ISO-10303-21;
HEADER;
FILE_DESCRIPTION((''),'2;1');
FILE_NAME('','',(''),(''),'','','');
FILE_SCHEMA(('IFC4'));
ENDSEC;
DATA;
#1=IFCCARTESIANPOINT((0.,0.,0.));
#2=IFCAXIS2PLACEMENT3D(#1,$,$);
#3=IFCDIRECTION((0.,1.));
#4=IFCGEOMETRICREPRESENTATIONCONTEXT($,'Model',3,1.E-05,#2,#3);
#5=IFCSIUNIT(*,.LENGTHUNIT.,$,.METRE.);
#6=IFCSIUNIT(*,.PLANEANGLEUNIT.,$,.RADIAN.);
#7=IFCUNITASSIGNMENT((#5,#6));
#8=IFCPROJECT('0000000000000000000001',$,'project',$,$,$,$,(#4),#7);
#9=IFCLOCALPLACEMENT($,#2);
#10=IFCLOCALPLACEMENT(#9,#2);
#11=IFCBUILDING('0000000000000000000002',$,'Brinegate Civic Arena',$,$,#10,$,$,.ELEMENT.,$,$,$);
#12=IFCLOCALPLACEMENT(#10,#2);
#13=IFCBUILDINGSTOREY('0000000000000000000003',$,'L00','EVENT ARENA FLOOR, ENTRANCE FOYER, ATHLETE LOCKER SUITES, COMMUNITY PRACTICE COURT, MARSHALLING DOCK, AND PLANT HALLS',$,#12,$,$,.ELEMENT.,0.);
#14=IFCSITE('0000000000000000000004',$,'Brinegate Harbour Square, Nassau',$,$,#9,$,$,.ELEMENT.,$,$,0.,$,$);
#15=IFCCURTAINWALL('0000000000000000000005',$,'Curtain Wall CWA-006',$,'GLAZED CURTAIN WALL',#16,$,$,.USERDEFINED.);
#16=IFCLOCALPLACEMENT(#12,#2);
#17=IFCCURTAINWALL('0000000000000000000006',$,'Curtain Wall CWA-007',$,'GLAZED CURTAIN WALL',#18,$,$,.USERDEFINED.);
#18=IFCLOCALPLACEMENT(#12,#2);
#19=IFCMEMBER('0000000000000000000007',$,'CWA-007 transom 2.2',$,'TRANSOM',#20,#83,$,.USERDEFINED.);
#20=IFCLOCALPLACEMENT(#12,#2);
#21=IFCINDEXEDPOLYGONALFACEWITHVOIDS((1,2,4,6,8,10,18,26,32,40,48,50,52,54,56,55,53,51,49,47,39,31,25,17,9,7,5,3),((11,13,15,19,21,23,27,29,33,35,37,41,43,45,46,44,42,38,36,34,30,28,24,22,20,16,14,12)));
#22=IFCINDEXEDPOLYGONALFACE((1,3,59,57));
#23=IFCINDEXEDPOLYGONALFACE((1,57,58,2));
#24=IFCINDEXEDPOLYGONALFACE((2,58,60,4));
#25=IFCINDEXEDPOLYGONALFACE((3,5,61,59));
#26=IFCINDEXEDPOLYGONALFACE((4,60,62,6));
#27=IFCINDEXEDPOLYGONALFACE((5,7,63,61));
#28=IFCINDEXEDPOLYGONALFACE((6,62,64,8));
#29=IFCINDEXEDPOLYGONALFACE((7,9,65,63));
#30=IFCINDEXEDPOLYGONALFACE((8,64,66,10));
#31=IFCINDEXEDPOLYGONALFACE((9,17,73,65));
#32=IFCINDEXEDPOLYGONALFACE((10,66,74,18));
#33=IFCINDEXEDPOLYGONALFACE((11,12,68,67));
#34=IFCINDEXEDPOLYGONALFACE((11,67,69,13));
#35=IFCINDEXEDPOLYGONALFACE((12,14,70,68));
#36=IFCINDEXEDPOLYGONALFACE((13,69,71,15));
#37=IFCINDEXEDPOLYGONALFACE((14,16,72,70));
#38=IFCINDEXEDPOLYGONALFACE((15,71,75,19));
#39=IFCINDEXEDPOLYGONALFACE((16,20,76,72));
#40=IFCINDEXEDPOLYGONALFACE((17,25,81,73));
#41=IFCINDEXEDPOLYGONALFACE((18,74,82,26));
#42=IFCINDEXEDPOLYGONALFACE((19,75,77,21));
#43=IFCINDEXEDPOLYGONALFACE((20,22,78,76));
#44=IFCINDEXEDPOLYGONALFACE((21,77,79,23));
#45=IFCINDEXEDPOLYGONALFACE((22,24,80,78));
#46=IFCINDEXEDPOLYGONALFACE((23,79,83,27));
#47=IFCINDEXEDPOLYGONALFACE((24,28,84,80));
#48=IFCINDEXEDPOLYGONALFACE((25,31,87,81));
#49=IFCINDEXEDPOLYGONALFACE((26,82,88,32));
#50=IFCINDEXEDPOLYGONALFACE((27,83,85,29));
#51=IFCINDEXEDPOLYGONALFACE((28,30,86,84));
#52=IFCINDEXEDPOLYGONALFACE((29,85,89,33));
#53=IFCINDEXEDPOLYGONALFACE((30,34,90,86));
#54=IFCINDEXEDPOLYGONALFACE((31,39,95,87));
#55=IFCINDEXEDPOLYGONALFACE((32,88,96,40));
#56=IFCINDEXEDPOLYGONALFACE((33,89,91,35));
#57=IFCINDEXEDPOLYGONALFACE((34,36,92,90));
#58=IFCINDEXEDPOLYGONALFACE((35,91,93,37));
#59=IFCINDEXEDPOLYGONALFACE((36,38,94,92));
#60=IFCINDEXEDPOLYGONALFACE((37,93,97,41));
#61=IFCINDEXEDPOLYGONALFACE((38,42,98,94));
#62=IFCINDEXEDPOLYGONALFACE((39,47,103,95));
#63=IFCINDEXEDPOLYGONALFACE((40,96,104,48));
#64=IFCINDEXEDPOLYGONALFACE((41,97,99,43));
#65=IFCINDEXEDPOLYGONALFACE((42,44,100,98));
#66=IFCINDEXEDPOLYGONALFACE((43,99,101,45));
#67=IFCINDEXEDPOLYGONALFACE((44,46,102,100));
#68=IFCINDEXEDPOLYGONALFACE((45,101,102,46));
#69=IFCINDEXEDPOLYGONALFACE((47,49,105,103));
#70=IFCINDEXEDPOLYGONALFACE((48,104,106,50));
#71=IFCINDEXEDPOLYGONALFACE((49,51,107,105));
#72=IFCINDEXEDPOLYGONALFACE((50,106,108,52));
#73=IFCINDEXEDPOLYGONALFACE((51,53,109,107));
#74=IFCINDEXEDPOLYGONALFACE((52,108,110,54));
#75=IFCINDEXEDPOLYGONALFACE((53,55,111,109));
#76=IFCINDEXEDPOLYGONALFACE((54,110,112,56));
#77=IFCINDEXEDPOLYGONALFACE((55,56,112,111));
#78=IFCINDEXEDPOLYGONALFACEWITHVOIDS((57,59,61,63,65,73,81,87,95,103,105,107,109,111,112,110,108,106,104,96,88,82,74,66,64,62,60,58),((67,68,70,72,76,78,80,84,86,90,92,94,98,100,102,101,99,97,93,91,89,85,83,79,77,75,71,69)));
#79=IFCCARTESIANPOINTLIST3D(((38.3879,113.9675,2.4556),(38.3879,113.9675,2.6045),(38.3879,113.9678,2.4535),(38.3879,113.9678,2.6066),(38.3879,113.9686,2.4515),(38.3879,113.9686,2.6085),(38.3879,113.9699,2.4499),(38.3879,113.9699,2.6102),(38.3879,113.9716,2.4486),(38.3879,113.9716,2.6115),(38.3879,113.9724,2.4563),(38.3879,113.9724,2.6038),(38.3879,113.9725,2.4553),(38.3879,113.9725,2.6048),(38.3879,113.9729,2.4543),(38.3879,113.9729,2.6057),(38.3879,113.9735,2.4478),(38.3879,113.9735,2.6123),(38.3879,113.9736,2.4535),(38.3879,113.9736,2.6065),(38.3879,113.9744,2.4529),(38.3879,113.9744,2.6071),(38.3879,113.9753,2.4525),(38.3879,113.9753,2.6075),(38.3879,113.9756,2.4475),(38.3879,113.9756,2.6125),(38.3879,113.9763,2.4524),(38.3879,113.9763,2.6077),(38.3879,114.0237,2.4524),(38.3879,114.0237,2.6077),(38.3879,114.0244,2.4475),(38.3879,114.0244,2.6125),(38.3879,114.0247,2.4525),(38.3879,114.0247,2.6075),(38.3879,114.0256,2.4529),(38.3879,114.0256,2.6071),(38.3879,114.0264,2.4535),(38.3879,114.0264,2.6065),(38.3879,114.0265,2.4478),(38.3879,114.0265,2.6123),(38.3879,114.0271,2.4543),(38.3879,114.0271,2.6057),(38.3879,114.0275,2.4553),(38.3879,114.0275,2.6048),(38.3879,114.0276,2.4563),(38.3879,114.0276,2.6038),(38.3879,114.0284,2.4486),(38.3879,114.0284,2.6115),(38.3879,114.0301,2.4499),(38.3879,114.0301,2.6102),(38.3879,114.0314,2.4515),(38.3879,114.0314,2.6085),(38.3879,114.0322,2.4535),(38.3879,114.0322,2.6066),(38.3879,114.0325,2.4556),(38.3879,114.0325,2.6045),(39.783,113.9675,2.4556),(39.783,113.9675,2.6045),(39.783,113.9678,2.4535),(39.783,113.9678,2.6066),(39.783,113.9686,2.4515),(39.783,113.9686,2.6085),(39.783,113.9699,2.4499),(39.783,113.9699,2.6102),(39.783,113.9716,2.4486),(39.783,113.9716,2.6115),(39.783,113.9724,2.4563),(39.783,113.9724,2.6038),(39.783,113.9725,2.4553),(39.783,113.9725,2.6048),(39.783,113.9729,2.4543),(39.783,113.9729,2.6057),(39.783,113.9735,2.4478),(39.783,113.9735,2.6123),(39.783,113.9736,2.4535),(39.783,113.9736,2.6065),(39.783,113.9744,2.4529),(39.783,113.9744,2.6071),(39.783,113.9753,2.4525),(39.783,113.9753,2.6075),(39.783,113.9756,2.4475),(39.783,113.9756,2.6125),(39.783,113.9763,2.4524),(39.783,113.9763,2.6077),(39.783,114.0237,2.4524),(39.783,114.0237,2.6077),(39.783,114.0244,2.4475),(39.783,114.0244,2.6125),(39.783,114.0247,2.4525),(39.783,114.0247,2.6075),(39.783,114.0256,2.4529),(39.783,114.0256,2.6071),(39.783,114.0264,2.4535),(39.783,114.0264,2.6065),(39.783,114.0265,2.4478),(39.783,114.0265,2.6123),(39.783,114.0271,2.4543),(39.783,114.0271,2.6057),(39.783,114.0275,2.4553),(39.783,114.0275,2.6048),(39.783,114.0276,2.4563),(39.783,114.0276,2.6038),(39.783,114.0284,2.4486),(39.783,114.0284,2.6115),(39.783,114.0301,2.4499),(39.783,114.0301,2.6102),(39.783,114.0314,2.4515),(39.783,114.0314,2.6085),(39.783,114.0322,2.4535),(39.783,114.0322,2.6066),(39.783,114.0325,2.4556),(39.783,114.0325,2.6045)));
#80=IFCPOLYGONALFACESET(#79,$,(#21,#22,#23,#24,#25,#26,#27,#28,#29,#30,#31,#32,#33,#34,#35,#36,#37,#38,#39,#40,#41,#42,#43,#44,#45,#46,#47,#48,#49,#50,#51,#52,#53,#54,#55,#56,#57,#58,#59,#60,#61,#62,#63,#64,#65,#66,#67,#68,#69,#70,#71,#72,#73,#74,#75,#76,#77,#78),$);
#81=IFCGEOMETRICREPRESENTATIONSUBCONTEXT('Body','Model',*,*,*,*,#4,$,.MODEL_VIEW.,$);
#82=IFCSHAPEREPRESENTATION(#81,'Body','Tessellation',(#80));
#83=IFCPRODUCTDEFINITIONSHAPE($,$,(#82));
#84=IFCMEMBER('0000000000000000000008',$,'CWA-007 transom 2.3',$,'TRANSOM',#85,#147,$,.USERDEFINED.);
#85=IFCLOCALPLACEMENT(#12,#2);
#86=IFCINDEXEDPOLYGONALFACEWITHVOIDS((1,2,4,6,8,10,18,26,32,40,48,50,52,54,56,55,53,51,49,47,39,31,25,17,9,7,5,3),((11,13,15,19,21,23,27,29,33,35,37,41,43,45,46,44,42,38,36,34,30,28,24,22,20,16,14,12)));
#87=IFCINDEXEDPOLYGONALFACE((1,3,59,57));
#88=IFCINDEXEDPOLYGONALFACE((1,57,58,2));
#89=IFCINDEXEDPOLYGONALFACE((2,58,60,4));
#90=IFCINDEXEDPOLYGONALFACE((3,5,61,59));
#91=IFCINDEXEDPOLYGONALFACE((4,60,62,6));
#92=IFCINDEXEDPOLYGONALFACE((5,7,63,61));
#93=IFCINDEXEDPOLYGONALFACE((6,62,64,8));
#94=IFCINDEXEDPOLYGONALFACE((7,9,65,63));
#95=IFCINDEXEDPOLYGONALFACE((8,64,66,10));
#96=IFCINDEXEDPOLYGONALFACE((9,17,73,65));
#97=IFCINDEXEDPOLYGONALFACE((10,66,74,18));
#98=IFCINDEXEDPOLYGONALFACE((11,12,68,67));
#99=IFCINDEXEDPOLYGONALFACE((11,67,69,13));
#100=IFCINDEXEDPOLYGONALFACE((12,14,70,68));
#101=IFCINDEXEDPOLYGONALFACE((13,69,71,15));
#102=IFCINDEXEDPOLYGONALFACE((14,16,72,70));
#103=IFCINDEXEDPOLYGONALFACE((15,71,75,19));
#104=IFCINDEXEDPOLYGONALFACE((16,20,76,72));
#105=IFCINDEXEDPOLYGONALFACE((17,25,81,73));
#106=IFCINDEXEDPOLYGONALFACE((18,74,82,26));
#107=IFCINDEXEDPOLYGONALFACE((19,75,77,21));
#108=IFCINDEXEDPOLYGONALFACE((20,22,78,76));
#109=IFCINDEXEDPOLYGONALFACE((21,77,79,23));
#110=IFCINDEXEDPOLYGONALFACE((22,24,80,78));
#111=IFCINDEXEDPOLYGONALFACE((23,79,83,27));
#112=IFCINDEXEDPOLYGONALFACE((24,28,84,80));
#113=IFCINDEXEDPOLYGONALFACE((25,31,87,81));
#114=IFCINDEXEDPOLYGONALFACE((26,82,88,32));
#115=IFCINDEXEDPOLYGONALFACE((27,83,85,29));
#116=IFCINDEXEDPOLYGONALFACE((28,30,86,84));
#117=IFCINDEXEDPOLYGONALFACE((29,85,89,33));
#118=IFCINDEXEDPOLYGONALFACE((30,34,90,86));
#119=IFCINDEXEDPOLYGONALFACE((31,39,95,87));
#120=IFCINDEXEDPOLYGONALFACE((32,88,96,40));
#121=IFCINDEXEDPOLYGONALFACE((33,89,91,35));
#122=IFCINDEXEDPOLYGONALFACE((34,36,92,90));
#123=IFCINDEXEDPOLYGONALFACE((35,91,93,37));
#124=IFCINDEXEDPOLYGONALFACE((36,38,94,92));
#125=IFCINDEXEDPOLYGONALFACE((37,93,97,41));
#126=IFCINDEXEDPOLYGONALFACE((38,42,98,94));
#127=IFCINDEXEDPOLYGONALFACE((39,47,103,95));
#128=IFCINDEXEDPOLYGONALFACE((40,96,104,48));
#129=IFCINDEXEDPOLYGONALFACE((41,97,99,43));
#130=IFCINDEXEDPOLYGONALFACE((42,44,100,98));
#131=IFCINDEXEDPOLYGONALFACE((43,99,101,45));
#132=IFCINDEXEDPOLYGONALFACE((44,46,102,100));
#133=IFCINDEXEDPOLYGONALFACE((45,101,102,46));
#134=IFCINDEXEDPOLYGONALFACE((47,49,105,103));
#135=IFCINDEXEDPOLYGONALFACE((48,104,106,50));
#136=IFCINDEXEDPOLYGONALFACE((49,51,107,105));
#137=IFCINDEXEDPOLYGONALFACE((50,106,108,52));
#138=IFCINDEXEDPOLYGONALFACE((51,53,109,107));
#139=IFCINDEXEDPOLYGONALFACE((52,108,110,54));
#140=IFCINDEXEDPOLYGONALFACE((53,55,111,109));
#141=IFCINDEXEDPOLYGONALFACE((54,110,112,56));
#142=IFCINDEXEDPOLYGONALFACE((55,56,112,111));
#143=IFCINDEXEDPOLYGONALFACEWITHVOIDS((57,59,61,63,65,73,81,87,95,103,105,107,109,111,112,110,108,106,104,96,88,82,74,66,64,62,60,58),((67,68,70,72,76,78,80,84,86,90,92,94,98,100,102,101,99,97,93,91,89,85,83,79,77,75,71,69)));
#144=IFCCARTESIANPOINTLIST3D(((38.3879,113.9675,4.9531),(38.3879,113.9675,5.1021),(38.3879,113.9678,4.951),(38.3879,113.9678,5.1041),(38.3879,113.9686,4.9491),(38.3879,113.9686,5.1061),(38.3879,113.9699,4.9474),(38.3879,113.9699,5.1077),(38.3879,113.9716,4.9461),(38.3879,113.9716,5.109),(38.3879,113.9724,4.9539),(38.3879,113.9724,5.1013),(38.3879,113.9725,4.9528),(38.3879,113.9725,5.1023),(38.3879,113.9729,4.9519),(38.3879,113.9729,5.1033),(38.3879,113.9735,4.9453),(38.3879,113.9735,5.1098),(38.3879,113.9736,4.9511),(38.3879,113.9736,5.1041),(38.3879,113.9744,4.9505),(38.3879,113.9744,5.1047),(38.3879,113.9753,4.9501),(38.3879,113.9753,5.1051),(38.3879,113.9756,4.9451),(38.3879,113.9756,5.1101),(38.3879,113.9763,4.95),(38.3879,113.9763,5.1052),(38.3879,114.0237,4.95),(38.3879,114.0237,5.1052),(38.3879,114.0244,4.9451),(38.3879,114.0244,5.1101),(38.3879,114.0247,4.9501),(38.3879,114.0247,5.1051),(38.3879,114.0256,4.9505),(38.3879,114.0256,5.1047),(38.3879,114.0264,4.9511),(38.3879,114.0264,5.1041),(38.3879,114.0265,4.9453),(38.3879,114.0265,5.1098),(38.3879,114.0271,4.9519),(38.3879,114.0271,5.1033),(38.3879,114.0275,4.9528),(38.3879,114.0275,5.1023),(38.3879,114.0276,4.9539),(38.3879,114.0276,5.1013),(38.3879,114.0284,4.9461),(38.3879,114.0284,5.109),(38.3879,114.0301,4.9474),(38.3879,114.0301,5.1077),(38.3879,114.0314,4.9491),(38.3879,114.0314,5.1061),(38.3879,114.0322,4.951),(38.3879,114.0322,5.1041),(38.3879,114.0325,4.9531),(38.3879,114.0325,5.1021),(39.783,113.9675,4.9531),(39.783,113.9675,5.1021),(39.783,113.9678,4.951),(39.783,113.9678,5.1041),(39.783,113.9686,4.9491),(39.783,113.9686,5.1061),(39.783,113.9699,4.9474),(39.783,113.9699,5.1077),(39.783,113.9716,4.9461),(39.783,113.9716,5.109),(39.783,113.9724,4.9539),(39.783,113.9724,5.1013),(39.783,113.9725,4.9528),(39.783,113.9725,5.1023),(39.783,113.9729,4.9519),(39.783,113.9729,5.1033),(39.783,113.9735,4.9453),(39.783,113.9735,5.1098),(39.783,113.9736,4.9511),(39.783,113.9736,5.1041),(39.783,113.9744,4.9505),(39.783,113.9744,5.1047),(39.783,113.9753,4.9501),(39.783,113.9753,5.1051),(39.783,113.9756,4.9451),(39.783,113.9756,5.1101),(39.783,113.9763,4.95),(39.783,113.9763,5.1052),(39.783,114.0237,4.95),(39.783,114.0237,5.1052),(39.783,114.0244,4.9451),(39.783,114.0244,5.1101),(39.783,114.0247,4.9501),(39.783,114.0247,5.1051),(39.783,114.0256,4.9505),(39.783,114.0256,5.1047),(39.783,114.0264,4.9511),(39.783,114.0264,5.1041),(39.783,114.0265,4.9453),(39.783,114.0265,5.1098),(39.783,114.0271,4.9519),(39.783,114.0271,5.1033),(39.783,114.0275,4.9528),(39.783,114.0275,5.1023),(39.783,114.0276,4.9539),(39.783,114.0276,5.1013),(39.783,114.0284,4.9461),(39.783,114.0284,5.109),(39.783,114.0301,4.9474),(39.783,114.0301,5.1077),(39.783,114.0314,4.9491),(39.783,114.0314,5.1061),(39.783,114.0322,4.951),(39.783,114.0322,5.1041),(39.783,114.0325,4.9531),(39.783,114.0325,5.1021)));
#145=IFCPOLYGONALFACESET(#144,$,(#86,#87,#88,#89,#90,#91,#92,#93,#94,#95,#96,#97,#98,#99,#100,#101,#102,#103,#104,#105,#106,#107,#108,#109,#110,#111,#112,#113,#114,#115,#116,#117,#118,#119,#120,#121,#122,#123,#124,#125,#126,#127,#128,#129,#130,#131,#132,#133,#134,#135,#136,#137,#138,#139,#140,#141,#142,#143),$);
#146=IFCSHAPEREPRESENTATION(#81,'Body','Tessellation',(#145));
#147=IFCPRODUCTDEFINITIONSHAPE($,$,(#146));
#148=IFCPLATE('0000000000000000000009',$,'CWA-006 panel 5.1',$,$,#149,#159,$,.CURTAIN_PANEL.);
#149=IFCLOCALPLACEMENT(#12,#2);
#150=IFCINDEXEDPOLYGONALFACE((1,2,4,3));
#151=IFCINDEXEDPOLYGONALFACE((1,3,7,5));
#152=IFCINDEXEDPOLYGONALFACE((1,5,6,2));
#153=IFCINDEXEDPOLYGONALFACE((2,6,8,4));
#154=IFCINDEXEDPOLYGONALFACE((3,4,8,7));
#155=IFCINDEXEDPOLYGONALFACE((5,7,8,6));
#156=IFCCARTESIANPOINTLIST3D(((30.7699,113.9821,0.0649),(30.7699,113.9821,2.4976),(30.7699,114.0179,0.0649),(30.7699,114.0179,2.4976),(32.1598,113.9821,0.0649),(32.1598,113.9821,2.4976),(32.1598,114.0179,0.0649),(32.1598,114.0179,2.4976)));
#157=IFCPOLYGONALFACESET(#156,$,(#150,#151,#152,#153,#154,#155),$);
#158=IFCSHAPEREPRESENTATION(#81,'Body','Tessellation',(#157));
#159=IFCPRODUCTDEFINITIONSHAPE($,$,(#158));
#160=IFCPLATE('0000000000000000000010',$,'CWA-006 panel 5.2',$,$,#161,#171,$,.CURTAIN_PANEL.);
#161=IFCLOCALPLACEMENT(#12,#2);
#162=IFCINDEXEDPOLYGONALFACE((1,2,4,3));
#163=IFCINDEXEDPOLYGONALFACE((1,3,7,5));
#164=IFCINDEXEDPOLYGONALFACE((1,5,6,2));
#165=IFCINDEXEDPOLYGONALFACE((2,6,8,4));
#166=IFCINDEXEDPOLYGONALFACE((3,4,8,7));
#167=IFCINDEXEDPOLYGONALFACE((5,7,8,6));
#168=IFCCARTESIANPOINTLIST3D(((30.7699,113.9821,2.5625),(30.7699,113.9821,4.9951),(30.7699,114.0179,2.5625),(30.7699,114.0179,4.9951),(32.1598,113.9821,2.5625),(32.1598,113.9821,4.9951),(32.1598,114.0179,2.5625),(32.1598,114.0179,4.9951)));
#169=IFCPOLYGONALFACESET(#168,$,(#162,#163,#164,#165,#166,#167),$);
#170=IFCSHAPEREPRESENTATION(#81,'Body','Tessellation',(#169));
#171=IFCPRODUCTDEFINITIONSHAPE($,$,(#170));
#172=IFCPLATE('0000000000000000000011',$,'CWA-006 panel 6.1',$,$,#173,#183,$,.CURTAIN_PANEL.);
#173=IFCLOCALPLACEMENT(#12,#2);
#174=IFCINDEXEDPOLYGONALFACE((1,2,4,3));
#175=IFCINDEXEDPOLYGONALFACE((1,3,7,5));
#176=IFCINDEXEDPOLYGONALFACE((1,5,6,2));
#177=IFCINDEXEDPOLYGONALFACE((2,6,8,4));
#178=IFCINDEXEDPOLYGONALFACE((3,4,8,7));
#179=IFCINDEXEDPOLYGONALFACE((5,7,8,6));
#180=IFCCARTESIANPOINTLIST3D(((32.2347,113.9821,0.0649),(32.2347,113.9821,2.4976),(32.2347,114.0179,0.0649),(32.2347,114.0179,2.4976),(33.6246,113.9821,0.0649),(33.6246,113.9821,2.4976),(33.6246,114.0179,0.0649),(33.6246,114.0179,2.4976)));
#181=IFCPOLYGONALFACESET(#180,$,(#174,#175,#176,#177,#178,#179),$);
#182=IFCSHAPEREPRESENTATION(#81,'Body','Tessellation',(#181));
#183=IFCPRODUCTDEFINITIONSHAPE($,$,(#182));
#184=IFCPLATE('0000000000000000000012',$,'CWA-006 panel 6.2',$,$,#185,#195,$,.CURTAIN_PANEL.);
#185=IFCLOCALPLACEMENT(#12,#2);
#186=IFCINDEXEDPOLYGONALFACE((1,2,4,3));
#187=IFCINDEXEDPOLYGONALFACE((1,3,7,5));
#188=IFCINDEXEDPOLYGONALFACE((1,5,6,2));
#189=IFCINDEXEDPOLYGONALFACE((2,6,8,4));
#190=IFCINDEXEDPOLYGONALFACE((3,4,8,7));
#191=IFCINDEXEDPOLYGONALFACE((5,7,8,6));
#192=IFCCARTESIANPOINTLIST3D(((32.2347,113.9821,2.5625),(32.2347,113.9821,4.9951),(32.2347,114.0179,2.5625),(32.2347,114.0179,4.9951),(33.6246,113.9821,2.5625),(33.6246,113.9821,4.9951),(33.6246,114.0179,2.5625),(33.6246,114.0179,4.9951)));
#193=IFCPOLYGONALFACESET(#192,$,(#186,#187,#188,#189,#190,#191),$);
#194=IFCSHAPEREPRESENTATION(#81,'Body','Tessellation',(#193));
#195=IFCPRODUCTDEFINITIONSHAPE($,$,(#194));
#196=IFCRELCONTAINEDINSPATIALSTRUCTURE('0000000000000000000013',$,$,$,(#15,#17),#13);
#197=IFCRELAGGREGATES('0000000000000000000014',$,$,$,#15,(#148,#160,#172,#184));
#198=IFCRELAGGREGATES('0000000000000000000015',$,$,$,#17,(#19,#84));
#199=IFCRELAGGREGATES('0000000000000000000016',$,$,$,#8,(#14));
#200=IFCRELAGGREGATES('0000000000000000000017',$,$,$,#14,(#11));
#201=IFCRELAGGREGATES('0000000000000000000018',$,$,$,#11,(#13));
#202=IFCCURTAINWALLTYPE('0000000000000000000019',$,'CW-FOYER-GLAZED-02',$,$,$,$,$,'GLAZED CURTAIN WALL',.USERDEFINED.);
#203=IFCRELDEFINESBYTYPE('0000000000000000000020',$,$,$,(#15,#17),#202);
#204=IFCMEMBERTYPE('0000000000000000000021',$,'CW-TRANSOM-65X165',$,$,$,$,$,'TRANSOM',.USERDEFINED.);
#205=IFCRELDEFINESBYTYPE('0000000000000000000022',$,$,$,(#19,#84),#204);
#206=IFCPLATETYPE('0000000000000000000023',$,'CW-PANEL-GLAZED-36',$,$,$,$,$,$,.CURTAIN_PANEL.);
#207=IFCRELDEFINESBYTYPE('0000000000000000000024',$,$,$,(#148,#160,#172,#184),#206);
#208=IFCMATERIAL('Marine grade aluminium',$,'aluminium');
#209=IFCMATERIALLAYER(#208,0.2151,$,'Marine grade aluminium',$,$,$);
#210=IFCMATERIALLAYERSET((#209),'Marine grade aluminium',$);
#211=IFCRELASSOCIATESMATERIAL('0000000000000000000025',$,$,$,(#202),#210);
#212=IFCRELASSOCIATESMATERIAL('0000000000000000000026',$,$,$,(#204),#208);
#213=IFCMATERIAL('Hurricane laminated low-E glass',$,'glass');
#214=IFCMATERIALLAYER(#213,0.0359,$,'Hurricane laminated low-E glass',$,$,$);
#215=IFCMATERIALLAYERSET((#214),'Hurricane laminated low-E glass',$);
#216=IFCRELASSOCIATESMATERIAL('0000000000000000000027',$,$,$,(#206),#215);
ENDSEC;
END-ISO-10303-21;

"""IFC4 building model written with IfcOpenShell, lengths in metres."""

from ifc_helpers import new_model, si_unit, direction, frame, origin, origin_2d, place, context, subcontext, project, spatial, rectangle, hollow_rectangle, extrude, material, layer, layer_set, material_profile, profile_set, type_object, element, aggregate, save


model = new_model("IFC4")

# Units and contexts
model_context = context("Model", 3, precision=1e-05, world=origin(), true_north=direction((0.0, 1.0)))
body_context = subcontext(model_context, "Body", "Model", "MODEL_VIEW")
ifc_project = project(units=[si_unit("LENGTHUNIT", "METRE"), si_unit("PLANEANGLEUNIT", "RADIAN")], contexts=[model_context])

# Site, building, storey
site_placement = place(None, origin())
site = spatial("IfcSite", under=ifc_project, at=site_placement, Name="Brinegate Harbour Square, Nassau", CompositionType="ELEMENT", RefElevation=0.0)
building_placement = place(site_placement, origin())
building = spatial("IfcBuilding", under=site, at=building_placement, Name="Brinegate Civic Arena", CompositionType="ELEMENT")
storey_placement = place(building_placement, origin())
storey = spatial("IfcBuildingStorey", under=building, at=storey_placement, Name="L00", Description="EVENT ARENA FLOOR, ENTRANCE FOYER, ATHLETE LOCKER SUITES, COMMUNITY PRACTICE COURT, MARSHALLING DOCK, AND PLANT HALLS", CompositionType="ELEMENT", Elevation=0.0)

# Curtain walls
ifc_material_1 = material(Name="Marine grade aluminium", Category="aluminium")
ifc_layer_1 = layer(ifc_material_1, 0.2151, Name="Marine grade aluminium")
ifc_layer_set_1 = layer_set([ifc_layer_1], Name="Marine grade aluminium")
curtain_wall_type = type_object("IfcCurtainWallType", Name="CW-FOYER-GLAZED-02", ElementType="GLAZED CURTAIN WALL", PredefinedType="USERDEFINED", material=ifc_layer_set_1)
curtain_wall_1_placement = place(storey_placement, origin())
curtain_wall_1 = element("IfcCurtainWall", 1, at=curtain_wall_1_placement, inside=storey, type_object=curtain_wall_type, Name="Curtain Wall CWA-006", ObjectType="GLAZED CURTAIN WALL", PredefinedType="USERDEFINED")
curtain_wall_2_placement = place(storey_placement, origin())
curtain_wall_2 = element("IfcCurtainWall", 2, at=curtain_wall_2_placement, inside=storey, type_object=curtain_wall_type, Name="Curtain Wall CWA-007", ObjectType="GLAZED CURTAIN WALL", PredefinedType="USERDEFINED")

# Members
ifc_material_profile_1 = material_profile(ifc_material_1, hollow_rectangle(XDim=0.0649, YDim=0.165, WallThickness=0.0049, InnerFilletRadius=0.0039, OuterFilletRadius=0.0081, at=origin_2d()), Name="TRN65X165")
ifc_profile_set_1 = profile_set([ifc_material_profile_1], Name="Marine grade aluminium")
member_type_1 = type_object("IfcMemberType", Name="CW-TRANSOM-65X165", ElementType="TRANSOM", PredefinedType="USERDEFINED", material=ifc_profile_set_1)
member_1_placement = place(storey_placement, frame((38.3879, 114.0, 2.53), z_axis=(1.0, 0.0, 0.0), x_axis=(0.0, 1.0, 0.0)))
member_1 = element("IfcMember", 3, at=member_1_placement, type_object=member_type_1, Name="CWA-007 transom 2.2", ObjectType="TRANSOM", PredefinedType="USERDEFINED", context=body_context, shape_type="SweptSolid", body=[
    extrude(hollow_rectangle(XDim=0.0649, YDim=0.165, WallThickness=0.0049, InnerFilletRadius=0.0039, OuterFilletRadius=0.0081, at=origin_2d()), origin(), (0.0, 0.0, 1.0), 1.395),
])
member_2_placement = place(storey_placement, frame((38.3879, 114.0, 5.0276), z_axis=(1.0, 0.0, 0.0), x_axis=(0.0, 1.0, 0.0)))
member_2 = element("IfcMember", 4, at=member_2_placement, type_object=member_type_1, Name="CWA-007 transom 2.3", ObjectType="TRANSOM", PredefinedType="USERDEFINED", context=body_context, shape_type="SweptSolid", body=[
    extrude(hollow_rectangle(XDim=0.0649, YDim=0.165, WallThickness=0.0049, InnerFilletRadius=0.0039, OuterFilletRadius=0.0081, at=origin_2d()), origin(), (0.0, 0.0, 1.0), 1.395),
])

# Plates
ifc_material_2 = material(Name="Hurricane laminated low-E glass", Category="glass")
ifc_layer_2 = layer(ifc_material_2, 0.0359, Name="Hurricane laminated low-E glass")
ifc_layer_set_2 = layer_set([ifc_layer_2], Name="Hurricane laminated low-E glass")
plate_type_1 = type_object("IfcPlateType", Name="CW-PANEL-GLAZED-36", PredefinedType="CURTAIN_PANEL", material=ifc_layer_set_2)
plate_1_placement = place(storey_placement, frame((31.4648, 114.0, 0.0649), z_axis=(0.0, 0.0, 1.0), x_axis=(1.0, 0.0, 0.0)))
plate_1 = element("IfcPlate", 5, at=plate_1_placement, type_object=plate_type_1, Name="CWA-006 panel 5.1", PredefinedType="CURTAIN_PANEL", context=body_context, shape_type="SweptSolid", body=[
    extrude(rectangle(XDim=1.3899, YDim=0.0359, at=origin_2d()), origin(), (0.0, 0.0, 1.0), 2.4326),
])
plate_2_placement = place(storey_placement, frame((31.4648, 114.0, 2.5625), z_axis=(0.0, 0.0, 1.0), x_axis=(1.0, 0.0, 0.0)))
plate_2 = element("IfcPlate", 6, at=plate_2_placement, type_object=plate_type_1, Name="CWA-006 panel 5.2", PredefinedType="CURTAIN_PANEL", context=body_context, shape_type="SweptSolid", body=[
    extrude(rectangle(XDim=1.3899, YDim=0.0359, at=origin_2d()), origin(), (0.0, 0.0, 1.0), 2.4326),
])
plate_3_placement = place(storey_placement, frame((32.9297, 114.0, 0.0649), z_axis=(0.0, 0.0, 1.0), x_axis=(1.0, 0.0, 0.0)))
plate_3 = element("IfcPlate", 7, at=plate_3_placement, type_object=plate_type_1, Name="CWA-006 panel 6.1", PredefinedType="CURTAIN_PANEL", context=body_context, shape_type="SweptSolid", body=[
    extrude(rectangle(XDim=1.3899, YDim=0.0359, at=origin_2d()), origin(), (0.0, 0.0, 1.0), 2.4326),
])
plate_4_placement = place(storey_placement, frame((32.9297, 114.0, 2.5625), z_axis=(0.0, 0.0, 1.0), x_axis=(1.0, 0.0, 0.0)))
plate_4 = element("IfcPlate", 8, at=plate_4_placement, type_object=plate_type_1, Name="CWA-006 panel 6.2", PredefinedType="CURTAIN_PANEL", context=body_context, shape_type="SweptSolid", body=[
    extrude(rectangle(XDim=1.3899, YDim=0.0359, at=origin_2d()), origin(), (0.0, 0.0, 1.0), 2.4326),
])
aggregate(curtain_wall_1, [plate_1, plate_2, plate_3, plate_4])
aggregate(curtain_wall_2, [member_1, member_2])

save(model, "model.ifc")
